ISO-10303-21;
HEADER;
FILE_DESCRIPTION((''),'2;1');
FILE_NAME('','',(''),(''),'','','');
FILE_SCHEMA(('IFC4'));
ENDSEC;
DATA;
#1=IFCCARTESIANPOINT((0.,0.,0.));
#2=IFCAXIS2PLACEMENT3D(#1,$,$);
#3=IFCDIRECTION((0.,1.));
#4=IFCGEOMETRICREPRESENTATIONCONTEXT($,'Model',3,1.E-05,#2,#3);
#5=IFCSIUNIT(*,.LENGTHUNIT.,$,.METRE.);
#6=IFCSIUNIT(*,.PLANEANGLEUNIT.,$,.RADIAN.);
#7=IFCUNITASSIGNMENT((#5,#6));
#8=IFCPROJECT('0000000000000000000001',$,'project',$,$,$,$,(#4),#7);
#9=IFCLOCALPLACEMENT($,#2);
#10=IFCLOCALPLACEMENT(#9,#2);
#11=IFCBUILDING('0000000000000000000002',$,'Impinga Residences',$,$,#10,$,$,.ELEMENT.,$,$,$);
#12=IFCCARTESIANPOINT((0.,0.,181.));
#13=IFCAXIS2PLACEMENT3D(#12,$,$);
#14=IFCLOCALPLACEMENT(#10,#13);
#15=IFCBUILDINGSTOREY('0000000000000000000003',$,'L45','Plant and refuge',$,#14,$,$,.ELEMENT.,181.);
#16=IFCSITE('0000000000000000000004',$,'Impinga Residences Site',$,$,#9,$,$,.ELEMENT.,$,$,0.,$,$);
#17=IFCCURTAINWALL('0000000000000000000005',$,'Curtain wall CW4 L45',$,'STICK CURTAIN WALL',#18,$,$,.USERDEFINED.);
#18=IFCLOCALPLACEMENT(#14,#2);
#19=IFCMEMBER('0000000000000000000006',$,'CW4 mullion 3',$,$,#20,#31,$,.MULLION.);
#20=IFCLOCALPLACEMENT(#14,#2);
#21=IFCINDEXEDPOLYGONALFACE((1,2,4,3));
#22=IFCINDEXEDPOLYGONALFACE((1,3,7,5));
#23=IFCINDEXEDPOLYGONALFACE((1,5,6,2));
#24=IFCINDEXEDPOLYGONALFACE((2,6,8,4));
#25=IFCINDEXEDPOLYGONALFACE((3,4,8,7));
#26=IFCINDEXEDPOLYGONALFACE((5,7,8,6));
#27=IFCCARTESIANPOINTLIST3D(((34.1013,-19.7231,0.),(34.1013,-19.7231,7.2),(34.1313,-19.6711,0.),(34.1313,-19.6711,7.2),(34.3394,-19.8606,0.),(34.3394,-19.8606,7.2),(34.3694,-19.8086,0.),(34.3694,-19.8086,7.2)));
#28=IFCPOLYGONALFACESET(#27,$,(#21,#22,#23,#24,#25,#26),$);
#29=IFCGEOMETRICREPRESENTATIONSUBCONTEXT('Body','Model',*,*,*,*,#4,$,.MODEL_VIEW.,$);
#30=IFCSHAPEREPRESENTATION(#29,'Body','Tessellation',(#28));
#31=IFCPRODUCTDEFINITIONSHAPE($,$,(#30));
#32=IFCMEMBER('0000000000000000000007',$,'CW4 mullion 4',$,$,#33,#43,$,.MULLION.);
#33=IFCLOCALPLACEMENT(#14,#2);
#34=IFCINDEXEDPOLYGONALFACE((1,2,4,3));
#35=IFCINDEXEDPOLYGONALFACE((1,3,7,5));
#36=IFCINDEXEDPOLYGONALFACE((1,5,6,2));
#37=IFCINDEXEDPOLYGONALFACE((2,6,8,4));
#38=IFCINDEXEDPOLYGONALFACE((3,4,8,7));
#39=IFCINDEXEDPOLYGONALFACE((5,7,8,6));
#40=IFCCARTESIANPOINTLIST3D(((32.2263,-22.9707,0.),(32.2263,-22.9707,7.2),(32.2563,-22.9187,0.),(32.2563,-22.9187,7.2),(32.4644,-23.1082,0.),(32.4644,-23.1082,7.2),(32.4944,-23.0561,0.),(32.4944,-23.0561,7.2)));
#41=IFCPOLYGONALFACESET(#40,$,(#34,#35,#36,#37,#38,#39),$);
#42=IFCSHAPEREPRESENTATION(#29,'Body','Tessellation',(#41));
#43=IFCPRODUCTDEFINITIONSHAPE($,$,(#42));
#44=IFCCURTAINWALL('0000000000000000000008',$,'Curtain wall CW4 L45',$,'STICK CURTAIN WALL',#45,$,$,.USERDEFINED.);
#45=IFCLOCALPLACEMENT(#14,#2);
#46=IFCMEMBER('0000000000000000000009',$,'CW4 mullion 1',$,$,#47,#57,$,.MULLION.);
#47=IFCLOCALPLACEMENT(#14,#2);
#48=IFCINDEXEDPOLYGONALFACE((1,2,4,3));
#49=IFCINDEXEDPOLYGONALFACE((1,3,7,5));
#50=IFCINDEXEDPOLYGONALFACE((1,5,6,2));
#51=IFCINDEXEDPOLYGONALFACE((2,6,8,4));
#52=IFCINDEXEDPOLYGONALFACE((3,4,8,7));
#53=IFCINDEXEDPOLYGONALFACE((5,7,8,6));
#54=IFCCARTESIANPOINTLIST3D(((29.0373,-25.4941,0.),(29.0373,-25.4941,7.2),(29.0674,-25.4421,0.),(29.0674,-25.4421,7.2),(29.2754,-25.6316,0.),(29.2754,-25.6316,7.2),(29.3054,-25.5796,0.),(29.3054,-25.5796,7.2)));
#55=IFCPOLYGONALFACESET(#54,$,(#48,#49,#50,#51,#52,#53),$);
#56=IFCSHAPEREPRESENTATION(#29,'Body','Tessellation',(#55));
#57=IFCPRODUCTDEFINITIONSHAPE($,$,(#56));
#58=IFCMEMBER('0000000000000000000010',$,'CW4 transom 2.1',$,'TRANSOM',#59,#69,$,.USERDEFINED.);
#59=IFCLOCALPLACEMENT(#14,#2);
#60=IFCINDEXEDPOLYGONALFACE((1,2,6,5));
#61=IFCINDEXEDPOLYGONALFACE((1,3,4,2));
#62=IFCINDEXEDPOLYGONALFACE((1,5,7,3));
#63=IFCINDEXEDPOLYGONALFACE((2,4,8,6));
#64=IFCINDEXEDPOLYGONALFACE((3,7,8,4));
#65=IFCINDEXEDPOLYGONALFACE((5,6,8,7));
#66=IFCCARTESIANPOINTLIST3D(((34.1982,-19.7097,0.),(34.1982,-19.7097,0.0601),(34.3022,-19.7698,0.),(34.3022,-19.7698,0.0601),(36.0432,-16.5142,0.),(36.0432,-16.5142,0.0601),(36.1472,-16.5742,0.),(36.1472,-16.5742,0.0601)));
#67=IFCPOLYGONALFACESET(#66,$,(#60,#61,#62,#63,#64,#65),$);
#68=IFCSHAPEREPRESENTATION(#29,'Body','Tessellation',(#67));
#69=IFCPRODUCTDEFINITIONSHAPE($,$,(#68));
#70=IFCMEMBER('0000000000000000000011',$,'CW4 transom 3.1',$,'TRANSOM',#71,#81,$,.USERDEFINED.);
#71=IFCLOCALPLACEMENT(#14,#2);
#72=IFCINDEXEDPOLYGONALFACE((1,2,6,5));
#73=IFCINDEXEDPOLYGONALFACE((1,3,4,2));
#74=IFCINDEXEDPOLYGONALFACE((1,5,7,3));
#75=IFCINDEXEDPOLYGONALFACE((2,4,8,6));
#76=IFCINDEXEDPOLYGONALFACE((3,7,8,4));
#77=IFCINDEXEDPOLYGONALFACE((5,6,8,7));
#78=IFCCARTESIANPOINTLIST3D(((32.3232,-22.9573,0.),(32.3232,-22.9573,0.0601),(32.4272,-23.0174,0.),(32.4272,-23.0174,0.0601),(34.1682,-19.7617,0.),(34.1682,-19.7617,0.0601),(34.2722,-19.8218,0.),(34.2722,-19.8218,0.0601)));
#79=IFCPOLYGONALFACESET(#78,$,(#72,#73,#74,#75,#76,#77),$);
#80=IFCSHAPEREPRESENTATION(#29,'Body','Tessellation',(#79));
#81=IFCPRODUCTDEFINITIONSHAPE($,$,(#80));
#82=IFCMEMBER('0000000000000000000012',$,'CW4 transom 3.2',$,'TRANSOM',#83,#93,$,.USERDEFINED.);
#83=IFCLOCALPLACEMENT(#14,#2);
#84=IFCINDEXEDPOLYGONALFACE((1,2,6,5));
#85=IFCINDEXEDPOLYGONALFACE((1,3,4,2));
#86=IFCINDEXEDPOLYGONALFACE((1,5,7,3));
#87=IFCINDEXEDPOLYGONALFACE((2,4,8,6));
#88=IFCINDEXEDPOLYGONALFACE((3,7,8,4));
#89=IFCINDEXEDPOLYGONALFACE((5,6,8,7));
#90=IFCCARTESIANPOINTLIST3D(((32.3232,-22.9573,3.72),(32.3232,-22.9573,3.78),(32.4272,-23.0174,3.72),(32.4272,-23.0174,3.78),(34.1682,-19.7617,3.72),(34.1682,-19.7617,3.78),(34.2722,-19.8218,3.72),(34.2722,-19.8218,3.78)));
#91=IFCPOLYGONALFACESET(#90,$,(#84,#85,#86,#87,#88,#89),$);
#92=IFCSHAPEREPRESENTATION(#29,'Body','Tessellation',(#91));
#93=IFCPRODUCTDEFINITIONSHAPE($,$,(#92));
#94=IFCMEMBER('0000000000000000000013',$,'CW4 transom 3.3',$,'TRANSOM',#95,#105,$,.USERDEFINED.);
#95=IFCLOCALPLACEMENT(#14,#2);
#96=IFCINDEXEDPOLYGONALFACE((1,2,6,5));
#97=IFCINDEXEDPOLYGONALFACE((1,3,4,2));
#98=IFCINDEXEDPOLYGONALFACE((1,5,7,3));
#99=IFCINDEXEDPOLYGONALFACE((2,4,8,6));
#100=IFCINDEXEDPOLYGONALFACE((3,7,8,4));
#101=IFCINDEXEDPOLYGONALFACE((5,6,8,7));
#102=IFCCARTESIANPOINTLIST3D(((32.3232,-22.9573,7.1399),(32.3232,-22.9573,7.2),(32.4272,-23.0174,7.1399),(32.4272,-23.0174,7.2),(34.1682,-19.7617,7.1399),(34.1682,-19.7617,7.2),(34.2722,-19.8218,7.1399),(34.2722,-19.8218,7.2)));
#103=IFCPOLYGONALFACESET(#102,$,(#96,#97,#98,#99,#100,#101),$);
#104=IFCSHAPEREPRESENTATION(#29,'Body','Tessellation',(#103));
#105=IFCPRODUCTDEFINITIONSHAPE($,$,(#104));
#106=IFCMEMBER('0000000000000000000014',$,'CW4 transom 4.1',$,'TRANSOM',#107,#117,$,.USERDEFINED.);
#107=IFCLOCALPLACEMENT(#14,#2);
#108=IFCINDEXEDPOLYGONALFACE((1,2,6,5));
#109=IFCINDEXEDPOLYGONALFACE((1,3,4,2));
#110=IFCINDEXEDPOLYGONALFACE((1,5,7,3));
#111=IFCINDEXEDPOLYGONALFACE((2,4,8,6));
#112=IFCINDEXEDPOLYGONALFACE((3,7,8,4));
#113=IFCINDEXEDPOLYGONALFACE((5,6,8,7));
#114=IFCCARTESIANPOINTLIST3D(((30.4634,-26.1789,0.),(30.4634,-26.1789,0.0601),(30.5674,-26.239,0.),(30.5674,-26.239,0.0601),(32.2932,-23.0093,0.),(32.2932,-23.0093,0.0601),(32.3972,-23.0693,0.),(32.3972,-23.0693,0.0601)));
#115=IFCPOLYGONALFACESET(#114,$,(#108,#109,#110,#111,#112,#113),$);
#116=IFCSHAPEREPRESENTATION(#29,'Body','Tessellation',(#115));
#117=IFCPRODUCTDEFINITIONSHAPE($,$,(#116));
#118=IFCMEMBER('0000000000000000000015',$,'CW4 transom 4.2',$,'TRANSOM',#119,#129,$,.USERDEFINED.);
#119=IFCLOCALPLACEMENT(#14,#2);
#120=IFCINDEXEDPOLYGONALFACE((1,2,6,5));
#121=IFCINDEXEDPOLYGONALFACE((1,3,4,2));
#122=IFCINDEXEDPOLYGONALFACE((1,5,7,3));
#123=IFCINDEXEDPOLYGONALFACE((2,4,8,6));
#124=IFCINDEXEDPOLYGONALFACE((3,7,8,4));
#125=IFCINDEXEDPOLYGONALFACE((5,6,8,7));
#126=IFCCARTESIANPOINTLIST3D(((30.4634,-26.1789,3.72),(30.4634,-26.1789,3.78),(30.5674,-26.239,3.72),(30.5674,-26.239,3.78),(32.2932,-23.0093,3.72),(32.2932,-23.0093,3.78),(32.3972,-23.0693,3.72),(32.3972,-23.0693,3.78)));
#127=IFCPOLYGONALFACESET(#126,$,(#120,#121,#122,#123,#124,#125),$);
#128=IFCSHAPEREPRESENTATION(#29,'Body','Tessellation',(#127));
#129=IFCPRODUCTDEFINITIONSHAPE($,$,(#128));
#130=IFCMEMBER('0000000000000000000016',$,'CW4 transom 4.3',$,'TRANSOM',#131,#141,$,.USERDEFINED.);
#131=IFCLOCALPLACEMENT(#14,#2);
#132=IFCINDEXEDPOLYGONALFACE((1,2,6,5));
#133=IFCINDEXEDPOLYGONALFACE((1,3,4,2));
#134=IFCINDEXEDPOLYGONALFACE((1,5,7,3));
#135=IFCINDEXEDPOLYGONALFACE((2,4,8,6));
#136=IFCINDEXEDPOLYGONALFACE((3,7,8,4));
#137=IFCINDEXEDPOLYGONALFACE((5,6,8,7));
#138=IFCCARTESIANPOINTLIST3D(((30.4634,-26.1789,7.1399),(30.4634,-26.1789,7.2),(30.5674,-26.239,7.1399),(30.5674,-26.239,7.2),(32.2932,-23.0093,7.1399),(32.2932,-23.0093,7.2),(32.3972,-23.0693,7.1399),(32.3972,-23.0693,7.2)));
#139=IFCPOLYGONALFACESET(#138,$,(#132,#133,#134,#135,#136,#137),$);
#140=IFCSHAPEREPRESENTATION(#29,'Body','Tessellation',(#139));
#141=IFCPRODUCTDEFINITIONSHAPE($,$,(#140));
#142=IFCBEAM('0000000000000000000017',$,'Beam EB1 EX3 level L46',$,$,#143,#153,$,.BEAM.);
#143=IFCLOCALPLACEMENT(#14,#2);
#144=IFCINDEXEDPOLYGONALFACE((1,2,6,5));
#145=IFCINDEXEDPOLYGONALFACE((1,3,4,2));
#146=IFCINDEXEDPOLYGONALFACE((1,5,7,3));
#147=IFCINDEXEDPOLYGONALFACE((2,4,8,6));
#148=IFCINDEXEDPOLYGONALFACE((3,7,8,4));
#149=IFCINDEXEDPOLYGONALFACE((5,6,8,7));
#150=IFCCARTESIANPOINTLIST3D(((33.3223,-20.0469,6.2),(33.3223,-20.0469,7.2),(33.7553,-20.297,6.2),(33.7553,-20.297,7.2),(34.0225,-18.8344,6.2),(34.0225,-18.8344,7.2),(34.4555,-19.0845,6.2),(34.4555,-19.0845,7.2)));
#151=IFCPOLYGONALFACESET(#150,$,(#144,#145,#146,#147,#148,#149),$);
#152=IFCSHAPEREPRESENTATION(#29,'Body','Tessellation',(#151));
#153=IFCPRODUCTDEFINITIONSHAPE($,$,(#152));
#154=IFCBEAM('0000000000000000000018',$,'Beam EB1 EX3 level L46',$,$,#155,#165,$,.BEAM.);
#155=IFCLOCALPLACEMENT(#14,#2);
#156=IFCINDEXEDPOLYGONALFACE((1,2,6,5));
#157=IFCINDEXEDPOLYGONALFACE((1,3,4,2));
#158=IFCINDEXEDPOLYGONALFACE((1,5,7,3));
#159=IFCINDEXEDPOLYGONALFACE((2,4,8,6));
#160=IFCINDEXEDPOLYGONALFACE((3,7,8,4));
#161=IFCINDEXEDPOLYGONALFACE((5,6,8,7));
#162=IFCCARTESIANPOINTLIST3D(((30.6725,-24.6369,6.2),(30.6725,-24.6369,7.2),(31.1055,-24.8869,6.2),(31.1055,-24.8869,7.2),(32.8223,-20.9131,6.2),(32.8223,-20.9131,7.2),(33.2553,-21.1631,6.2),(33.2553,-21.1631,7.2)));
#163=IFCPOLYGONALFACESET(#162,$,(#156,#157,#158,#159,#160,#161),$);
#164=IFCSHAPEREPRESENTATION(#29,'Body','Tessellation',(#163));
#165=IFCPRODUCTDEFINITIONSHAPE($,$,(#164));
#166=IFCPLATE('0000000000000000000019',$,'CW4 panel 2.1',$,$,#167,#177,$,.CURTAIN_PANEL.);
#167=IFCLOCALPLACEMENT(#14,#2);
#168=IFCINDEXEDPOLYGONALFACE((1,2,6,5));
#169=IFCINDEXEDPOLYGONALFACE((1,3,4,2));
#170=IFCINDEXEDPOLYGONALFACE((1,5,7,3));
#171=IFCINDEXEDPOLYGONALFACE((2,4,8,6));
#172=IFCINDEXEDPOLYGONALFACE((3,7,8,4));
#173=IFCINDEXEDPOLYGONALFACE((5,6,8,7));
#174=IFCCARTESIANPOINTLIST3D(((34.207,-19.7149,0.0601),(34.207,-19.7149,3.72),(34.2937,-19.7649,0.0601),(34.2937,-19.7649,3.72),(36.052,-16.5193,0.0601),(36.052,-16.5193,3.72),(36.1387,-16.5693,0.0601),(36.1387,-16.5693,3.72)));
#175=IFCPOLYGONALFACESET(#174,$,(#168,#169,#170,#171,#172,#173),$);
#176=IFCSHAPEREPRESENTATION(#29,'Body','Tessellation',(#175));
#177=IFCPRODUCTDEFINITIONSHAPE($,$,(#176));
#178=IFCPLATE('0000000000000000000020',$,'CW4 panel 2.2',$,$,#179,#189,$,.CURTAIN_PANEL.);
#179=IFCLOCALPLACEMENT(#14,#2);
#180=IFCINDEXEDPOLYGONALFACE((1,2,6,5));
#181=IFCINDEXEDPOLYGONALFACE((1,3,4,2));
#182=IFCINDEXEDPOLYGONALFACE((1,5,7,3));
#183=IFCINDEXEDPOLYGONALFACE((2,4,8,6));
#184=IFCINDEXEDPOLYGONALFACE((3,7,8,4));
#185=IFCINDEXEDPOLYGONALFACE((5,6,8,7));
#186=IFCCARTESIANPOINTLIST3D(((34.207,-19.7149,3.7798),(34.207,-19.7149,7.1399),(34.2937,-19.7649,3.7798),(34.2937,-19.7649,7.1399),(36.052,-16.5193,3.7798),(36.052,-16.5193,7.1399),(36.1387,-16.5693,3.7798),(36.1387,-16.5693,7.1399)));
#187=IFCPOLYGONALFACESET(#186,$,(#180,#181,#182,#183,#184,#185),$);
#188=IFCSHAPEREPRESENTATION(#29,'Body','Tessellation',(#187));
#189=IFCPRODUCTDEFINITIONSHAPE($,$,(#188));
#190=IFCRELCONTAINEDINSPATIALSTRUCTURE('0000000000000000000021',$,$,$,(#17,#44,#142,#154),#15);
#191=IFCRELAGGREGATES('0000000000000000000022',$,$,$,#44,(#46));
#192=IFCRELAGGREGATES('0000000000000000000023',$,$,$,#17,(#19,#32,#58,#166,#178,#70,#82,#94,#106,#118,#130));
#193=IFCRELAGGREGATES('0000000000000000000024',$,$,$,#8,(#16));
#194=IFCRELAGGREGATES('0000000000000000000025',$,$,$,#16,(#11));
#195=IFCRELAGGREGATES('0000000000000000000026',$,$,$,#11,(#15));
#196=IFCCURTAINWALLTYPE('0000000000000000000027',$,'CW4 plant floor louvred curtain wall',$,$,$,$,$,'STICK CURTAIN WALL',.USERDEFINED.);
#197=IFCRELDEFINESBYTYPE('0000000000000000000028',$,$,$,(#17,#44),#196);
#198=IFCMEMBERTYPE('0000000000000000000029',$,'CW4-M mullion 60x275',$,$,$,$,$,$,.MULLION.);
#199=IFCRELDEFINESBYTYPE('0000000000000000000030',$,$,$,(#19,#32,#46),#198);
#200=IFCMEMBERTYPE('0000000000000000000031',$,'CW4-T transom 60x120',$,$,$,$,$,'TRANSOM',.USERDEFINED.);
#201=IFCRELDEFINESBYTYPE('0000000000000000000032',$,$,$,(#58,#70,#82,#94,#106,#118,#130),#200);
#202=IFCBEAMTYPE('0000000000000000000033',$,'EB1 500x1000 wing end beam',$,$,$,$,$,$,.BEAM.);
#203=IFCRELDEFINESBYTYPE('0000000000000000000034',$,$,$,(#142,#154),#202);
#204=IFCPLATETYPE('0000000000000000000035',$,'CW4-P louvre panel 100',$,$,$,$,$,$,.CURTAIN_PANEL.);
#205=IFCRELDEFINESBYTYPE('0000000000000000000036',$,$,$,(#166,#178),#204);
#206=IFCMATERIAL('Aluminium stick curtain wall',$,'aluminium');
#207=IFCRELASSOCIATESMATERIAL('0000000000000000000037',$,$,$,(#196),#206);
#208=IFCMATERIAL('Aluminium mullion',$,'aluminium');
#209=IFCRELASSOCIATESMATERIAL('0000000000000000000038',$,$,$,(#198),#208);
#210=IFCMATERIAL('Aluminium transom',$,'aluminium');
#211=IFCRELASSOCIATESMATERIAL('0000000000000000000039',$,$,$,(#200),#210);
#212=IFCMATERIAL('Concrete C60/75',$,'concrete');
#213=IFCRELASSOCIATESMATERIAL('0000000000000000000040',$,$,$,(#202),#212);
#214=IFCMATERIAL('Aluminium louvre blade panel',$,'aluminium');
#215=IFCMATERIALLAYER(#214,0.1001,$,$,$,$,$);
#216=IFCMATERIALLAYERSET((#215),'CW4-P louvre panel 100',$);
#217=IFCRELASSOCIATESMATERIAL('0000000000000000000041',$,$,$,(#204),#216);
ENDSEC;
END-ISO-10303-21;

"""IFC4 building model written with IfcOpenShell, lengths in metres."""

from ifc_helpers import new_model, si_unit, direction, frame, origin, origin_2d, place, context, subcontext, project, spatial, rectangle, extrude, material, layer, layer_set, material_profile, profile_set, type_object, element, aggregate, save


model = new_model("IFC4")

# Units and contexts
model_context = context("Model", 3, precision=1e-05, world=origin(), true_north=direction((0.0, 1.0)))
body_context = subcontext(model_context, "Body", "Model", "MODEL_VIEW")
ifc_project = project(units=[si_unit("LENGTHUNIT", "METRE"), si_unit("PLANEANGLEUNIT", "RADIAN")], contexts=[model_context])

# Site, building, storey
site_placement = place(None, origin())
site = spatial("IfcSite", under=ifc_project, at=site_placement, Name="Impinga Residences Site", CompositionType="ELEMENT", RefElevation=0.0)
building_placement = place(site_placement, origin())
building = spatial("IfcBuilding", under=site, at=building_placement, Name="Impinga Residences", CompositionType="ELEMENT")
storey_placement = place(building_placement, frame((0.0, 0.0, 181.0)))
storey = spatial("IfcBuildingStorey", under=building, at=storey_placement, Name="L45", Description="Plant and refuge", CompositionType="ELEMENT", Elevation=181.0)

# Curtain wall, members
ifc_material_1 = material(Name="Aluminium stick curtain wall", Category="aluminium")
curtain_wall_type = type_object("IfcCurtainWallType", Name="CW4 plant floor louvred curtain wall", ElementType="STICK CURTAIN WALL", PredefinedType="USERDEFINED", material=ifc_material_1)
curtain_wall_1_placement = place(storey_placement, origin())
curtain_wall_1 = element("IfcCurtainWall", 1, at=curtain_wall_1_placement, inside=storey, type_object=curtain_wall_type, Name="Curtain wall CW4 L45", ObjectType="STICK CURTAIN WALL", PredefinedType="USERDEFINED")
ifc_material_2 = material(Name="Aluminium mullion", Category="aluminium")
ifc_material_profile_1 = material_profile(ifc_material_2, rectangle(XDim=0.0601, YDim=0.2749, at=origin_2d()), Name="60x275 mullion")
ifc_profile_set_1 = profile_set([ifc_material_profile_1], Name="Aluminium mullion")
member_type_1 = type_object("IfcMemberType", Name="CW4-M mullion 60x275", PredefinedType="MULLION", material=ifc_profile_set_1)
member_1_placement = place(storey_placement, frame((34.2354, -19.7659, 0.0), z_axis=(0.0, 0.0, 1.0), x_axis=(-0.5, -0.866025, 0.0)))
member_1 = element("IfcMember", 2, at=member_1_placement, type_object=member_type_1, Name="CW4 mullion 3", PredefinedType="MULLION", context=body_context, shape_type="SweptSolid", body=[
    extrude(rectangle(XDim=0.0601, YDim=0.2749, at=origin_2d()), origin(), (0.0, 0.0, 1.0), 7.2),
])
member_2_placement = place(storey_placement, frame((32.3604, -23.0134, 0.0), z_axis=(0.0, 0.0, 1.0), x_axis=(-0.5, -0.866025, 0.0)))
member_2 = element("IfcMember", 3, at=member_2_placement, type_object=member_type_1, Name="CW4 mullion 4", PredefinedType="MULLION", context=body_context, shape_type="SweptSolid", body=[
    extrude(rectangle(XDim=0.0601, YDim=0.2749, at=origin_2d()), origin(), (0.0, 0.0, 1.0), 7.2),
])

# Curtain wall, member
curtain_wall_2_placement = place(storey_placement, origin())
curtain_wall_2 = element("IfcCurtainWall", 4, at=curtain_wall_2_placement, inside=storey, type_object=curtain_wall_type, Name="Curtain wall CW4 L45", ObjectType="STICK CURTAIN WALL", PredefinedType="USERDEFINED")
member_3_placement = place(storey_placement, frame((29.1714, -25.5369, 0.0), z_axis=(0.0, 0.0, 1.0), x_axis=(-0.5, -0.866025, 0.0)))
member_3 = element("IfcMember", 5, at=member_3_placement, type_object=member_type_1, Name="CW4 mullion 1", PredefinedType="MULLION", context=body_context, shape_type="SweptSolid", body=[
    extrude(rectangle(XDim=0.0601, YDim=0.2749, at=origin_2d()), origin(), (0.0, 0.0, 1.0), 7.2),
])
aggregate(curtain_wall_2, [member_3])

# Members
ifc_material_3 = material(Name="Aluminium transom", Category="aluminium")
ifc_material_profile_2 = material_profile(ifc_material_3, rectangle(XDim=0.0601, YDim=0.1201, at=origin_2d()), Name="60x120 transom")
ifc_profile_set_2 = profile_set([ifc_material_profile_2], Name="Aluminium transom")
member_type_2 = type_object("IfcMemberType", Name="CW4-T transom 60x120", ElementType="TRANSOM", PredefinedType="USERDEFINED", material=ifc_profile_set_2)
member_4_placement = place(storey_placement, frame((36.0952, -16.5442, 0.03), z_axis=(-0.500003, -0.866024, 0.0), x_axis=(0.0, 0.0, 1.0)))
member_4 = element("IfcMember", 6, at=member_4_placement, type_object=member_type_2, Name="CW4 transom 2.1", ObjectType="TRANSOM", PredefinedType="USERDEFINED", context=body_context, shape_type="SweptSolid", body=[
    extrude(rectangle(XDim=0.0601, YDim=0.1201, at=origin_2d()), origin(), (0.0, 0.0, 1.0), 3.6899),
])
member_5_placement = place(storey_placement, frame((34.2202, -19.7917, 0.03), z_axis=(-0.500003, -0.866024, 0.0), x_axis=(0.0, 0.0, 1.0)))
member_5 = element("IfcMember", 7, at=member_5_placement, type_object=member_type_2, Name="CW4 transom 3.1", ObjectType="TRANSOM", PredefinedType="USERDEFINED", context=body_context, shape_type="SweptSolid", body=[
    extrude(rectangle(XDim=0.0601, YDim=0.1201, at=origin_2d()), origin(), (0.0, 0.0, 1.0), 3.6899),
])
member_6_placement = place(storey_placement, frame((34.2202, -19.7917, 3.75), z_axis=(-0.500003, -0.866024, 0.0), x_axis=(0.0, 0.0, 1.0)))
member_6 = element("IfcMember", 8, at=member_6_placement, type_object=member_type_2, Name="CW4 transom 3.2", ObjectType="TRANSOM", PredefinedType="USERDEFINED", context=body_context, shape_type="SweptSolid", body=[
    extrude(rectangle(XDim=0.0601, YDim=0.1201, at=origin_2d()), origin(), (0.0, 0.0, 1.0), 3.6899),
])
member_7_placement = place(storey_placement, frame((34.2202, -19.7917, 7.1699), z_axis=(-0.500003, -0.866024, 0.0), x_axis=(0.0, 0.0, 1.0)))
member_7 = element("IfcMember", 9, at=member_7_placement, type_object=member_type_2, Name="CW4 transom 3.3", ObjectType="TRANSOM", PredefinedType="USERDEFINED", context=body_context, shape_type="SweptSolid", body=[
    extrude(rectangle(XDim=0.0601, YDim=0.1201, at=origin_2d()), origin(), (0.0, 0.0, 1.0), 3.6899),
])
member_8_placement = place(storey_placement, frame((32.3452, -23.0393, 0.03), z_axis=(-0.499963, -0.866047, 0.0), x_axis=(0.0, 0.0, 1.0)))
member_8 = element("IfcMember", 10, at=member_8_placement, type_object=member_type_2, Name="CW4 transom 4.1", ObjectType="TRANSOM", PredefinedType="USERDEFINED", context=body_context, shape_type="SweptSolid", body=[
    extrude(rectangle(XDim=0.0601, YDim=0.1201, at=origin_2d()), origin(), (0.0, 0.0, 1.0), 3.6599),
])
member_9_placement = place(storey_placement, frame((32.3452, -23.0393, 3.75), z_axis=(-0.499963, -0.866047, 0.0), x_axis=(0.0, 0.0, 1.0)))
member_9 = element("IfcMember", 11, at=member_9_placement, type_object=member_type_2, Name="CW4 transom 4.2", ObjectType="TRANSOM", PredefinedType="USERDEFINED", context=body_context, shape_type="SweptSolid", body=[
    extrude(rectangle(XDim=0.0601, YDim=0.1201, at=origin_2d()), origin(), (0.0, 0.0, 1.0), 3.6599),
])
member_10_placement = place(storey_placement, frame((32.3452, -23.0393, 7.1699), z_axis=(-0.499963, -0.866047, 0.0), x_axis=(0.0, 0.0, 1.0)))
member_10 = element("IfcMember", 12, at=member_10_placement, type_object=member_type_2, Name="CW4 transom 4.3", ObjectType="TRANSOM", PredefinedType="USERDEFINED", context=body_context, shape_type="SweptSolid", body=[
    extrude(rectangle(XDim=0.0601, YDim=0.1201, at=origin_2d()), origin(), (0.0, 0.0, 1.0), 3.6599),
])

# Beams
ifc_material_4 = material(Name="Concrete C60/75", Category="concrete")
ifc_material_profile_3 = material_profile(ifc_material_4, rectangle(XDim=0.5, YDim=1.0, at=origin_2d()), Name="RC 500x1000")
ifc_profile_set_3 = profile_set([ifc_material_profile_3], Name="Concrete C60/75")
beam_type = type_object("IfcBeamType", Name="EB1 500x1000 wing end beam", PredefinedType="BEAM", material=ifc_profile_set_3)
beam_1_placement = place(storey_placement, frame((34.239, -18.9595, 6.7), z_axis=(-0.500115, -0.865959, 0.0), x_axis=(0.865959, -0.500115, 0.0)))
element("IfcBeam", 13, at=beam_1_placement, inside=storey, type_object=beam_type, Name="Beam EB1 EX3 level L46", PredefinedType="BEAM", context=body_context, shape_type="SweptSolid", body=[
    extrude(rectangle(XDim=0.5, YDim=1.0, at=origin_2d()), origin(), (0.0, 0.0, 1.0), 1.4001),
])
beam_2_placement = place(storey_placement, frame((33.0388, -21.0381, 6.7), z_axis=(-0.499986, -0.866033, 0.0), x_axis=(0.866033, -0.499986, 0.0)))
element("IfcBeam", 14, at=beam_2_placement, inside=storey, type_object=beam_type, Name="Beam EB1 EX3 level L46", PredefinedType="BEAM", context=body_context, shape_type="SweptSolid", body=[
    extrude(rectangle(XDim=0.5, YDim=1.0, at=origin_2d()), origin(), (0.0, 0.0, 1.0), 4.2998),
])

# Plates
ifc_material_5 = material(Name="Aluminium louvre blade panel", Category="aluminium")
ifc_layer_1 = layer(ifc_material_5, 0.1001)
ifc_layer_set_1 = layer_set([ifc_layer_1], Name="CW4-P louvre panel 100")
plate_type = type_object("IfcPlateType", Name="CW4-P louvre panel 100", PredefinedType="CURTAIN_PANEL", material=ifc_layer_set_1)
plate_1_placement = place(storey_placement, frame((35.1729, -18.1421, 0.0601), z_axis=(0.0, 0.0, 1.0), x_axis=(-0.5, -0.866025, 0.0)))
plate_1 = element("IfcPlate", 15, at=plate_1_placement, type_object=plate_type, Name="CW4 panel 2.1", PredefinedType="CURTAIN_PANEL", context=body_context, shape_type="SweptSolid", body=[
    extrude(rectangle(XDim=3.6899, YDim=0.1001, at=origin_2d()), origin(), (0.0, 0.0, 1.0), 3.6599),
])
plate_2_placement = place(storey_placement, frame((35.1729, -18.1421, 3.7798), z_axis=(0.0, 0.0, 1.0), x_axis=(-0.5, -0.866025, 0.0)))
plate_2 = element("IfcPlate", 16, at=plate_2_placement, type_object=plate_type, Name="CW4 panel 2.2", PredefinedType="CURTAIN_PANEL", context=body_context, shape_type="SweptSolid", body=[
    extrude(rectangle(XDim=3.6899, YDim=0.1001, at=origin_2d()), origin(), (0.0, 0.0, 1.0), 3.3601),
])
aggregate(curtain_wall_1, [member_1, member_2, member_4, plate_1, plate_2, member_5, member_6, member_7, member_8, member_9, member_10])

save(model, "model.ifc")
